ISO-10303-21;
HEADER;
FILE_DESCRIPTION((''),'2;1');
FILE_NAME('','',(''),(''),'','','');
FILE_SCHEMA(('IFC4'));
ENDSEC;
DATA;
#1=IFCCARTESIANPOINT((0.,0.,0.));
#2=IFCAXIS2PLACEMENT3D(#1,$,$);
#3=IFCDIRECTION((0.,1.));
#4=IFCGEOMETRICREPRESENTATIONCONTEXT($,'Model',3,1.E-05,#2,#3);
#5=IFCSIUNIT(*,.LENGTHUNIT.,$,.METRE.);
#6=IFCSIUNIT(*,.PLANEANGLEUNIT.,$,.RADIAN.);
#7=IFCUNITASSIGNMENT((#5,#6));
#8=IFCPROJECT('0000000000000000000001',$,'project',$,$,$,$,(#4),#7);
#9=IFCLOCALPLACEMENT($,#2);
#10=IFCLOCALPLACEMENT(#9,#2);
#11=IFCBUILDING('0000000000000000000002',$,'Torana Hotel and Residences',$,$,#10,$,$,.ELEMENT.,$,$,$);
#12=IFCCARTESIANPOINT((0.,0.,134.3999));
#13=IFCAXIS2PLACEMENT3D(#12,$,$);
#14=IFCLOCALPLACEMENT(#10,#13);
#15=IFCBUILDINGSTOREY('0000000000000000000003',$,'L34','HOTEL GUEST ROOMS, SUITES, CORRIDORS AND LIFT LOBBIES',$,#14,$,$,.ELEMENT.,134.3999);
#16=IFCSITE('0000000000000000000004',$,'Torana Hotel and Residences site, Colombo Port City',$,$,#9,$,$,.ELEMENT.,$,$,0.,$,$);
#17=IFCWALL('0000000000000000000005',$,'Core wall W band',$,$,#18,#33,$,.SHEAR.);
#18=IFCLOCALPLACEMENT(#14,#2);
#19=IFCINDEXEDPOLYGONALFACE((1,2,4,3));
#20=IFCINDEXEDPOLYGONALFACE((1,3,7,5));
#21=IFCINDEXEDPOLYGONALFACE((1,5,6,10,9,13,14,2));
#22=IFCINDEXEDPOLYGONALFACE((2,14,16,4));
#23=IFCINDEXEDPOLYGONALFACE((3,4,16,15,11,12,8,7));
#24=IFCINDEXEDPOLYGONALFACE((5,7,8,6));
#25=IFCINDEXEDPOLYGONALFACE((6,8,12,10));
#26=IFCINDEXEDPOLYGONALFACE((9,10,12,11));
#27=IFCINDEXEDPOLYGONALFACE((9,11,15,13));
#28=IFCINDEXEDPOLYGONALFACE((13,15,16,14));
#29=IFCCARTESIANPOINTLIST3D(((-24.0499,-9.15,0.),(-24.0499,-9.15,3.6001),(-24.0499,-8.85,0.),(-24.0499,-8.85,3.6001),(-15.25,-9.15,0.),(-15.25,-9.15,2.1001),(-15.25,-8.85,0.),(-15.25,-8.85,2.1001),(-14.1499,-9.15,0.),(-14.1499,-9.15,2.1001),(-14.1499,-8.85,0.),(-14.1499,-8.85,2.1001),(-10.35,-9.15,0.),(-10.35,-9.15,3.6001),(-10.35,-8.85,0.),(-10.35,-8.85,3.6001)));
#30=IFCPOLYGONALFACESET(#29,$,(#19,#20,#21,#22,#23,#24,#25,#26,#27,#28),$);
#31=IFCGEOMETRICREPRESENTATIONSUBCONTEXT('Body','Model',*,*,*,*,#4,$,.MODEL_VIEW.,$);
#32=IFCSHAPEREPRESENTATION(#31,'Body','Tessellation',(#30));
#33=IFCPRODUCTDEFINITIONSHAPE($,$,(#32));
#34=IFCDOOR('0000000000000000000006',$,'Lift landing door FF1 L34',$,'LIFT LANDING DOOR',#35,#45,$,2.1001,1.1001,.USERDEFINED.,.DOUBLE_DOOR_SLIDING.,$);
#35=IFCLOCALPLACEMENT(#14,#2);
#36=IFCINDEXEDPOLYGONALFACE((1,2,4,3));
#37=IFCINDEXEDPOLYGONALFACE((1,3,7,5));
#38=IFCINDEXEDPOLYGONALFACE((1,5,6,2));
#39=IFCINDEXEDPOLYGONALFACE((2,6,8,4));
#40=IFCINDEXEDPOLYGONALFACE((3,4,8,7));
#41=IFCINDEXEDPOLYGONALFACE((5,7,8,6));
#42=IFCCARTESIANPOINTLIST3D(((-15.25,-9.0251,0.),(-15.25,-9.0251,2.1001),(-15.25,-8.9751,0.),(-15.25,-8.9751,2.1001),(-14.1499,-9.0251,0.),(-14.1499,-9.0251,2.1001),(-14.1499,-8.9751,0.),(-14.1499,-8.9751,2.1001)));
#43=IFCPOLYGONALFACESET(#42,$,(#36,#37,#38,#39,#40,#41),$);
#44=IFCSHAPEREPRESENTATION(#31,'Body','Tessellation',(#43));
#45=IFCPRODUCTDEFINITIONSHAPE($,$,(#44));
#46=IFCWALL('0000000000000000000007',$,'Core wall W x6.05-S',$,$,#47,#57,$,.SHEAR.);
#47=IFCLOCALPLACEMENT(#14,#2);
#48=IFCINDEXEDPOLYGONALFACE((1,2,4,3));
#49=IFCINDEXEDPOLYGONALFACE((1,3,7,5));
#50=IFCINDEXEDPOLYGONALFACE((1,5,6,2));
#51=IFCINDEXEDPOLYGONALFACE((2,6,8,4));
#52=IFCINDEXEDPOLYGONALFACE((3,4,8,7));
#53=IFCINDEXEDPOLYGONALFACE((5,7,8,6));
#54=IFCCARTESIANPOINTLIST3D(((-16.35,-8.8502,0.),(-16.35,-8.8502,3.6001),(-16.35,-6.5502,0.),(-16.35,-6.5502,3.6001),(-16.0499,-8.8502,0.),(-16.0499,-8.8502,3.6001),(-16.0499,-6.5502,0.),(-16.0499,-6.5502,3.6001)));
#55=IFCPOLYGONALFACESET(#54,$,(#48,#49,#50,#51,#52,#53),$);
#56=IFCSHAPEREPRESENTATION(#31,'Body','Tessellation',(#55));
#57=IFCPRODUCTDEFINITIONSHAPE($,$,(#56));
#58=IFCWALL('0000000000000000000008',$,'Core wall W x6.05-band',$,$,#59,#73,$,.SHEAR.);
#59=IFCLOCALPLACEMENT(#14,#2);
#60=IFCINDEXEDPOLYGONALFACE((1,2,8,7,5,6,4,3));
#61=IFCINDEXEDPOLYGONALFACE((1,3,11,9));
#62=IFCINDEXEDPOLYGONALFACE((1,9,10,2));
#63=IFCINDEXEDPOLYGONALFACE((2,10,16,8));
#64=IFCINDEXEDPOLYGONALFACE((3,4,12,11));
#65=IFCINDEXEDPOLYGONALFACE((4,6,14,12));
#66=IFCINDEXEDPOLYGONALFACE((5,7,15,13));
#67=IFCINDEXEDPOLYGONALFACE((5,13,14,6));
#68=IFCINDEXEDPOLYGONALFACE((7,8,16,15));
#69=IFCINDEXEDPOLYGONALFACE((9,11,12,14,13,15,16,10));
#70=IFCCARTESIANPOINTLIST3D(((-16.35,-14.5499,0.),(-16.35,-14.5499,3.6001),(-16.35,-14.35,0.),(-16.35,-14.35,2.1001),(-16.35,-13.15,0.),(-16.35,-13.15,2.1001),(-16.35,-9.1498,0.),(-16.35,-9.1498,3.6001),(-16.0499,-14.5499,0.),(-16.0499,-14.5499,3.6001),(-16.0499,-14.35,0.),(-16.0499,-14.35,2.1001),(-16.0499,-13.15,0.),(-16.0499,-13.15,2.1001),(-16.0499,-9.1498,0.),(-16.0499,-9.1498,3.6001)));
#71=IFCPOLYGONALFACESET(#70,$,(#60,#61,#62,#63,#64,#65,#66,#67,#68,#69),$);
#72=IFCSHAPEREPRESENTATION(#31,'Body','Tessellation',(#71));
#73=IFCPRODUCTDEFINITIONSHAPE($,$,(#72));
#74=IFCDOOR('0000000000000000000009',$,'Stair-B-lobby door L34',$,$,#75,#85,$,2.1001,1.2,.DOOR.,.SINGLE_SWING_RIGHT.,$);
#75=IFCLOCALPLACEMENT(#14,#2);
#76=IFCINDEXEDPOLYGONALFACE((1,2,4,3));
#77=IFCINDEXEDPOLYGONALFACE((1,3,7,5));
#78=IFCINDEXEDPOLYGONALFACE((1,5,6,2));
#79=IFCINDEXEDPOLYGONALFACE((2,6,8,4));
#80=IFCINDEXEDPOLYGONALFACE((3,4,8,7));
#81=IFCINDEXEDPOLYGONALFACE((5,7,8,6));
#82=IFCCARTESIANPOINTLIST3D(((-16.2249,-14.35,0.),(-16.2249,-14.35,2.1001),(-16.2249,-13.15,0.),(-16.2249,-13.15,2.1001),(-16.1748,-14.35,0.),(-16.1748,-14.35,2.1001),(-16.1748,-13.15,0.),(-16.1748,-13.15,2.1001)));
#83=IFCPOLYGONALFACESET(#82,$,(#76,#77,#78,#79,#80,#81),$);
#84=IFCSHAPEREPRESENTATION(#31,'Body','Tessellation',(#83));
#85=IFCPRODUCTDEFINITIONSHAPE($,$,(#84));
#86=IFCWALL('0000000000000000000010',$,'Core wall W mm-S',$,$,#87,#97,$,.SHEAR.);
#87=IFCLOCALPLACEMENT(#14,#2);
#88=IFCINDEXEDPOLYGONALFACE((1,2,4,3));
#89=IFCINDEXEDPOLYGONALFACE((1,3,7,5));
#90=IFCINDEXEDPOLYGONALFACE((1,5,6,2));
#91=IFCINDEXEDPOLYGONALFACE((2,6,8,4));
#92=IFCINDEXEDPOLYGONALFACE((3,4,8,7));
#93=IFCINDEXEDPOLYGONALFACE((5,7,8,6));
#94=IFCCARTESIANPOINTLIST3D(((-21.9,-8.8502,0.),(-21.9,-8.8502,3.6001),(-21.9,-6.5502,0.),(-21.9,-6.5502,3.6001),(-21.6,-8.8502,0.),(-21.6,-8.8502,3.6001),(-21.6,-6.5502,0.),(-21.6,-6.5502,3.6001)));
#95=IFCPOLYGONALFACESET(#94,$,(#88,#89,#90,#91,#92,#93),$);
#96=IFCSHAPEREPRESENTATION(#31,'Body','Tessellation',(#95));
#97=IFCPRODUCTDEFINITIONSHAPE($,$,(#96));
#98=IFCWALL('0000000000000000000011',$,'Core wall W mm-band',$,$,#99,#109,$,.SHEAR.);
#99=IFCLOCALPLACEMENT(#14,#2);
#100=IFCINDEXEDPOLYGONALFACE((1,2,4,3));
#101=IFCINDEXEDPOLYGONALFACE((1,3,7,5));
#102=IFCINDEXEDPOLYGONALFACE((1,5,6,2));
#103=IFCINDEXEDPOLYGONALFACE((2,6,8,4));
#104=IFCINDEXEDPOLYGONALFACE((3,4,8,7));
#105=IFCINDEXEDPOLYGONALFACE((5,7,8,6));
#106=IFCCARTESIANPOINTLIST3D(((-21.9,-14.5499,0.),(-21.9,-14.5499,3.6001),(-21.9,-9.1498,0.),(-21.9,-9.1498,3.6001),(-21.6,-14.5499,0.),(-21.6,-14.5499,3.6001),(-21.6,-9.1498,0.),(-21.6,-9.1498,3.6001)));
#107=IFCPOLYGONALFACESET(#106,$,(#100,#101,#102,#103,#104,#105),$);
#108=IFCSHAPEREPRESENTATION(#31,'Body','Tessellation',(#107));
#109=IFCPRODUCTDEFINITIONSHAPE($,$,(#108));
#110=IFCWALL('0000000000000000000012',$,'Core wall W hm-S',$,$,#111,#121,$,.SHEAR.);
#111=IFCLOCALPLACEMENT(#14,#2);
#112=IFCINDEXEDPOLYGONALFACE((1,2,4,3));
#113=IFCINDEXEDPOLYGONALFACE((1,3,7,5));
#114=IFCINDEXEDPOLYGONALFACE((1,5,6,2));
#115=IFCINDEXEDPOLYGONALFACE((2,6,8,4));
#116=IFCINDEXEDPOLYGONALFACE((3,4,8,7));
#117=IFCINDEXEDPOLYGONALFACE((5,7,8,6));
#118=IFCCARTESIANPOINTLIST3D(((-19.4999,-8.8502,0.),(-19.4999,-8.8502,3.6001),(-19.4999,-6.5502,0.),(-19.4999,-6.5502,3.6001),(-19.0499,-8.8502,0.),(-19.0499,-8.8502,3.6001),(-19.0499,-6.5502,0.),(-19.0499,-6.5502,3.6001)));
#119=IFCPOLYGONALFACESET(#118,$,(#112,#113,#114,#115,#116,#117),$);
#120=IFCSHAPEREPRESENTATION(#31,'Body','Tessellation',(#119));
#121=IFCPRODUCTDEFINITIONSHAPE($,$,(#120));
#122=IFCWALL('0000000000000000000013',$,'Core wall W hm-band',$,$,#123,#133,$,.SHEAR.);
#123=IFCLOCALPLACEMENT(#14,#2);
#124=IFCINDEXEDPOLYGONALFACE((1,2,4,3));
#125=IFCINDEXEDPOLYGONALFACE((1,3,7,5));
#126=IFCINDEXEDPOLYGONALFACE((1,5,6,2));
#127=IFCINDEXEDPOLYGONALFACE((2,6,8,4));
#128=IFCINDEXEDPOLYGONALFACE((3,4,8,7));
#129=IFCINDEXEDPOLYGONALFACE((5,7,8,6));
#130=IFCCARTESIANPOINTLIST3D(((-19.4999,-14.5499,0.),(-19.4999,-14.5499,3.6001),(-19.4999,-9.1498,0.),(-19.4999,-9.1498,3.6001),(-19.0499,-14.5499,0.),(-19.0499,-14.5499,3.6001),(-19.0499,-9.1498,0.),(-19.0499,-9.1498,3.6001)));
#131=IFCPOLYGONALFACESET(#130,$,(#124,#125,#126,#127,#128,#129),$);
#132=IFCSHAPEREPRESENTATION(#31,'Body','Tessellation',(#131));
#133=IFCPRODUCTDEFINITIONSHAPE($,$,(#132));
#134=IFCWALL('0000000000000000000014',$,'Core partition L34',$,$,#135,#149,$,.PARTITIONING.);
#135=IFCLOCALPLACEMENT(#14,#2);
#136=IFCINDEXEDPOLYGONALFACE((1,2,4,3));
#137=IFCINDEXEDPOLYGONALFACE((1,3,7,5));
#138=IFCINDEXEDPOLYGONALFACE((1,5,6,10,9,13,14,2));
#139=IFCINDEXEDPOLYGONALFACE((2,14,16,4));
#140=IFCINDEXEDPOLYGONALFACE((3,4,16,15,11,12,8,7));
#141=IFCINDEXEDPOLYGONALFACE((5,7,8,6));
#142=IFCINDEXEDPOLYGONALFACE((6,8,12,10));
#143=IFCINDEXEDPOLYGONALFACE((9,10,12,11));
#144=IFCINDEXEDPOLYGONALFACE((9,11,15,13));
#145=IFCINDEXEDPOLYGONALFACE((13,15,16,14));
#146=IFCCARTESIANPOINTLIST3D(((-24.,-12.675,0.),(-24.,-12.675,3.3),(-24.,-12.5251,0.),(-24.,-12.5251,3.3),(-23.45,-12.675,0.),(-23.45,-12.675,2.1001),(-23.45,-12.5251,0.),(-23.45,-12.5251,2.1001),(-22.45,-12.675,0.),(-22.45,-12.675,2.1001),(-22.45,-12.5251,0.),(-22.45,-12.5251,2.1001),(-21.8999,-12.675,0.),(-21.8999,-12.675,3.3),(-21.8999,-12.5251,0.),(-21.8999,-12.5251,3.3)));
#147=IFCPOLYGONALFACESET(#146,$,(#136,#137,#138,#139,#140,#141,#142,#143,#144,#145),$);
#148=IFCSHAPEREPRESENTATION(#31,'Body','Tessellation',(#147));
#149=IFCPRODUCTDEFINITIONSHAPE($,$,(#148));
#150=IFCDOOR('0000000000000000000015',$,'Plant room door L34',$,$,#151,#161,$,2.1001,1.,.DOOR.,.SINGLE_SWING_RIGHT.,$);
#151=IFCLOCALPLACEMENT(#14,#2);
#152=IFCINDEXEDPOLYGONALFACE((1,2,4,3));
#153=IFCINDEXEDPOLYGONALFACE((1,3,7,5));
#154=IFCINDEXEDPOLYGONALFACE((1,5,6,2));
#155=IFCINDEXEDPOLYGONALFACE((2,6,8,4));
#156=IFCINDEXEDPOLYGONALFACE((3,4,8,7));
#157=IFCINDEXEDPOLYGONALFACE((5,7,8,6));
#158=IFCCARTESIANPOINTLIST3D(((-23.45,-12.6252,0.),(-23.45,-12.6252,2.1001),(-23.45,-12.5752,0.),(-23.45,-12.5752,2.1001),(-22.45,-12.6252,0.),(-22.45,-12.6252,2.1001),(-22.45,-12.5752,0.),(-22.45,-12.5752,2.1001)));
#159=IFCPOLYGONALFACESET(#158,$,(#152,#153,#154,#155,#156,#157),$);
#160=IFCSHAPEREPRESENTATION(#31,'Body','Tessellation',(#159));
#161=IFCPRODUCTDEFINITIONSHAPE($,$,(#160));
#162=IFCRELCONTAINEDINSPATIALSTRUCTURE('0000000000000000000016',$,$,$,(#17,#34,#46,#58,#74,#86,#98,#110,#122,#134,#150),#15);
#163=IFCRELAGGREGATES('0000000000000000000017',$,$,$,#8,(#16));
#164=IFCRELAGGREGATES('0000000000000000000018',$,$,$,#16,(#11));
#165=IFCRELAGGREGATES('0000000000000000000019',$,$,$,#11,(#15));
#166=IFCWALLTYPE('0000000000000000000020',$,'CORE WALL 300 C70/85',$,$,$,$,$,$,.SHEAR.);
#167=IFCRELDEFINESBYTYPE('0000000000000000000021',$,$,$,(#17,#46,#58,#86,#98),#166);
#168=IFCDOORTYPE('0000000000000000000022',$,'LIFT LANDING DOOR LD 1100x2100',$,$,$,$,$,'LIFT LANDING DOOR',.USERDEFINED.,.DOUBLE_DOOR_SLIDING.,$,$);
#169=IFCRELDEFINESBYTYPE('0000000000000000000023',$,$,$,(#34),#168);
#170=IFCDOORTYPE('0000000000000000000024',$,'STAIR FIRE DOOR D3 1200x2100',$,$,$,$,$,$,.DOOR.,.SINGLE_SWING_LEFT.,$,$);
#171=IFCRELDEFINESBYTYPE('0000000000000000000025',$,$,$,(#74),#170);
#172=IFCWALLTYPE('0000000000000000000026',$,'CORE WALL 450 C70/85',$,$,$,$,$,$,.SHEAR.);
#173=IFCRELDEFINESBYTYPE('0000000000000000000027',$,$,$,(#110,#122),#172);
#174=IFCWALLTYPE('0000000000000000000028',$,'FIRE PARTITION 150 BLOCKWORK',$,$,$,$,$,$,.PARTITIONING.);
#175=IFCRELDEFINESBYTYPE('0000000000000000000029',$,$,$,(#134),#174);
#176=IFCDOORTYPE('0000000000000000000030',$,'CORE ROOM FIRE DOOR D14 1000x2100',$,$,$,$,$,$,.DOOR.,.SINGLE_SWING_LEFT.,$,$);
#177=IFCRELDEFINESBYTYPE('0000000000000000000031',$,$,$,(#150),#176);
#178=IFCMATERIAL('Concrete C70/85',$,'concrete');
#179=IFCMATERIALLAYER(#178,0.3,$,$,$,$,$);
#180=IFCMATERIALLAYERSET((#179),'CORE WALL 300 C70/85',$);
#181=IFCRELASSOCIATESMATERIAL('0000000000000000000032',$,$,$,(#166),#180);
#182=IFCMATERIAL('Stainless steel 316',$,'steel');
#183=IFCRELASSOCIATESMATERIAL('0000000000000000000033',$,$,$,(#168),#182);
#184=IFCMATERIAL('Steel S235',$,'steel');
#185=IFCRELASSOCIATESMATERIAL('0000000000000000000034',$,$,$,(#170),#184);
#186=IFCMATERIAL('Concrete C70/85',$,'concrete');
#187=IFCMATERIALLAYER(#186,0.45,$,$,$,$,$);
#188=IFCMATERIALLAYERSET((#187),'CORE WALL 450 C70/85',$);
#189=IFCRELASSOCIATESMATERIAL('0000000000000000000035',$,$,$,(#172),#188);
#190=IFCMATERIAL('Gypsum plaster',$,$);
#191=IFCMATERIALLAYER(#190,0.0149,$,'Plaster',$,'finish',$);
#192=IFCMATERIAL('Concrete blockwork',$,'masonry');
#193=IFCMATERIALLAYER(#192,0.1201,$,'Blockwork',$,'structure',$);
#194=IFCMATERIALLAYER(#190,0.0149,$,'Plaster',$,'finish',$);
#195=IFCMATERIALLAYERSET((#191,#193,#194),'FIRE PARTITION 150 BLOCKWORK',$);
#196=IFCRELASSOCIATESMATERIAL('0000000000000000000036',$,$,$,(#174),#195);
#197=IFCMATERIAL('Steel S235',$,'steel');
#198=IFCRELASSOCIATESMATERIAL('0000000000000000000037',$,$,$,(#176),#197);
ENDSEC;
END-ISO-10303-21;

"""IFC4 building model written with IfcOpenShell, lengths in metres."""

from ifc_helpers import new_model, si_unit, direction, frame, frame_2d, origin, place, context, subcontext, project, spatial, rectangle, extrude, material, layer, layer_set, type_object, element, fill, save


model = new_model("IFC4")

# Units and contexts
model_context = context("Model", 3, precision=1e-05, world=origin(), true_north=direction((0.0, 1.0)))
body_context = subcontext(model_context, "Body", "Model", "MODEL_VIEW")
ifc_project = project(units=[si_unit("LENGTHUNIT", "METRE"), si_unit("PLANEANGLEUNIT", "RADIAN")], contexts=[model_context])

# Site, building, storey
site_placement = place(None, origin())
site = spatial("IfcSite", under=ifc_project, at=site_placement, Name="Torana Hotel and Residences site, Colombo Port City", CompositionType="ELEMENT", RefElevation=0.0)
building_placement = place(site_placement, origin())
building = spatial("IfcBuilding", under=site, at=building_placement, Name="Torana Hotel and Residences", CompositionType="ELEMENT")
storey_placement = place(building_placement, frame((0.0, 0.0, 134.3999)))
storey = spatial("IfcBuildingStorey", under=building, at=storey_placement, Name="L34", Description="HOTEL GUEST ROOMS, SUITES, CORRIDORS AND LIFT LOBBIES", CompositionType="ELEMENT", Elevation=134.3999)

# Wall, opening, door
ifc_material_1 = material(Name="Concrete C70/85", Category="concrete")
ifc_layer_1 = layer(ifc_material_1, 0.3)
ifc_layer_set_1 = layer_set([ifc_layer_1], Name="CORE WALL 300 C70/85")
wall_type_1 = type_object("IfcWallType", Name="CORE WALL 300 C70/85", PredefinedType="SHEAR", material=ifc_layer_set_1)
wall_1_placement = place(storey_placement, frame((-24.05, -9.0, 0.0), z_axis=(0.0, 0.0, 1.0), x_axis=(1.0, 0.0, 0.0)))
wall_1 = element("IfcWall", 1, at=wall_1_placement, inside=storey, type_object=wall_type_1, Name="Core wall W band", PredefinedType="SHEAR", context=body_context, shape_type="SweptSolid", body=[
    extrude(rectangle(XDim=13.7, YDim=0.3, at=frame_2d((6.8501, 0.0))), origin(), (0.0, 0.0, 1.0), 3.6001),
])
opening_1_placement = place(wall_1_placement, frame((8.8, 0.0, 0.0)))
opening_1 = element("IfcOpeningElement", 2, at=opening_1_placement, cuts=wall_1, PredefinedType="OPENING", context=body_context, shape_type="SweptSolid", body=[
    extrude(rectangle(XDim=1.1001, YDim=2.1001, at=frame_2d((0.55, 1.05))), frame((0.0, 0.1599, 0.0), z_axis=(0.0, -1.0, 0.0), x_axis=(1.0, 0.0, 0.0)), (0.0, 0.0, 1.0), 0.3201),
])
ifc_material_2 = material(Name="Stainless steel 316", Category="steel")
door_type_1 = type_object("IfcDoorType", Name="LIFT LANDING DOOR LD 1100x2100", ElementType="LIFT LANDING DOOR", OperationType="DOUBLE_DOOR_SLIDING", PredefinedType="USERDEFINED", material=ifc_material_2)
door_1_placement = place(opening_1_placement, origin())
door_1 = element("IfcDoor", 3, at=door_1_placement, inside=storey, type_object=door_type_1, Name="Lift landing door FF1 L34", ObjectType="LIFT LANDING DOOR", OperationType="DOUBLE_DOOR_SLIDING", OverallHeight=2.1001, OverallWidth=1.1001, PredefinedType="USERDEFINED", context=body_context, shape_type="SweptSolid", body=[
    extrude(rectangle(XDim=1.1001, YDim=2.1001, at=frame_2d((0.55, 1.05))), frame((0.0, 0.0249, 0.0), z_axis=(0.0, -1.0, 0.0), x_axis=(1.0, 0.0, 0.0)), (0.0, 0.0, 1.0), 0.05),
])
fill(opening_1, door_1)

# Wall
wall_2_placement = place(storey_placement, frame((-16.2, -8.8501, 0.0), z_axis=(0.0, 0.0, 1.0), x_axis=(0.0, 1.0, 0.0)))
element("IfcWall", 4, at=wall_2_placement, inside=storey, type_object=wall_type_1, Name="Core wall W x6.05-S", PredefinedType="SHEAR", context=body_context, shape_type="SweptSolid", body=[
    extrude(rectangle(XDim=2.3, YDim=0.3, at=frame_2d((1.1499, 0.0))), origin(), (0.0, 0.0, 1.0), 3.6001),
])

# Wall, opening, door
wall_3_placement = place(storey_placement, frame((-16.2, -14.55, 0.0), z_axis=(0.0, 0.0, 1.0), x_axis=(0.0, 1.0, 0.0)))
wall_3 = element("IfcWall", 5, at=wall_3_placement, inside=storey, type_object=wall_type_1, Name="Core wall W x6.05-band", PredefinedType="SHEAR", context=body_context, shape_type="SweptSolid", body=[
    extrude(rectangle(XDim=5.4001, YDim=0.3, at=frame_2d((2.7002, 0.0))), origin(), (0.0, 0.0, 1.0), 3.6001),
])
opening_2_placement = place(wall_3_placement, frame((0.2, 0.0, 0.0)))
opening_2 = element("IfcOpeningElement", 6, at=opening_2_placement, cuts=wall_3, PredefinedType="OPENING", context=body_context, shape_type="SweptSolid", body=[
    extrude(rectangle(XDim=1.2, YDim=2.1001, at=frame_2d((0.6001, 1.05))), frame((0.0, 0.1599, 0.0), z_axis=(0.0, -1.0, 0.0), x_axis=(1.0, 0.0, 0.0)), (0.0, 0.0, 1.0), 0.3201),
])
ifc_material_3 = material(Name="Steel S235", Category="steel")
door_type_2 = type_object("IfcDoorType", Name="STAIR FIRE DOOR D3 1200x2100", OperationType="SINGLE_SWING_LEFT", PredefinedType="DOOR", material=ifc_material_3)
door_2_placement = place(opening_2_placement, origin())
door_2 = element("IfcDoor", 7, at=door_2_placement, inside=storey, type_object=door_type_2, Name="Stair-B-lobby door L34", OperationType="SINGLE_SWING_RIGHT", OverallHeight=2.1001, OverallWidth=1.2, PredefinedType="DOOR", context=body_context, shape_type="SweptSolid", body=[
    extrude(rectangle(XDim=1.2, YDim=2.1001, at=frame_2d((0.6001, 1.05))), frame((0.0, 0.0249, 0.0), z_axis=(0.0, -1.0, 0.0), x_axis=(1.0, 0.0, 0.0)), (0.0, 0.0, 1.0), 0.05),
])
fill(opening_2, door_2)

# Walls
wall_4_placement = place(storey_placement, frame((-21.75, -8.8501, 0.0), z_axis=(0.0, 0.0, 1.0), x_axis=(0.0, 1.0, 0.0)))
element("IfcWall", 8, at=wall_4_placement, inside=storey, type_object=wall_type_1, Name="Core wall W mm-S", PredefinedType="SHEAR", context=body_context, shape_type="SweptSolid", body=[
    extrude(rectangle(XDim=2.3, YDim=0.3, at=frame_2d((1.1499, 0.0))), origin(), (0.0, 0.0, 1.0), 3.6001),
])
wall_5_placement = place(storey_placement, frame((-21.75, -14.55, 0.0), z_axis=(0.0, 0.0, 1.0), x_axis=(0.0, 1.0, 0.0)))
element("IfcWall", 9, at=wall_5_placement, inside=storey, type_object=wall_type_1, Name="Core wall W mm-band", PredefinedType="SHEAR", context=body_context, shape_type="SweptSolid", body=[
    extrude(rectangle(XDim=5.4001, YDim=0.3, at=frame_2d((2.7002, 0.0))), origin(), (0.0, 0.0, 1.0), 3.6001),
])
ifc_material_4 = material(Name="Concrete C70/85", Category="concrete")
ifc_layer_2 = layer(ifc_material_4, 0.45)
ifc_layer_set_2 = layer_set([ifc_layer_2], Name="CORE WALL 450 C70/85")
wall_type_2 = type_object("IfcWallType", Name="CORE WALL 450 C70/85", PredefinedType="SHEAR", material=ifc_layer_set_2)
wall_6_placement = place(storey_placement, frame((-19.2749, -8.8501, 0.0), z_axis=(0.0, 0.0, 1.0), x_axis=(0.0, 1.0, 0.0)))
element("IfcWall", 10, at=wall_6_placement, inside=storey, type_object=wall_type_2, Name="Core wall W hm-S", PredefinedType="SHEAR", context=body_context, shape_type="SweptSolid", body=[
    extrude(rectangle(XDim=2.3, YDim=0.45, at=frame_2d((1.1499, 0.0))), origin(), (0.0, 0.0, 1.0), 3.6001),
])
wall_7_placement = place(storey_placement, frame((-19.2749, -14.55, 0.0), z_axis=(0.0, 0.0, 1.0), x_axis=(0.0, 1.0, 0.0)))
element("IfcWall", 11, at=wall_7_placement, inside=storey, type_object=wall_type_2, Name="Core wall W hm-band", PredefinedType="SHEAR", context=body_context, shape_type="SweptSolid", body=[
    extrude(rectangle(XDim=5.4001, YDim=0.45, at=frame_2d((2.7002, 0.0))), origin(), (0.0, 0.0, 1.0), 3.6001),
])

# Wall, opening, door
ifc_material_5 = material(Name="Gypsum plaster")
ifc_layer_3 = layer(ifc_material_5, 0.0149, Name="Plaster", Category="finish")
ifc_material_6 = material(Name="Concrete blockwork", Category="masonry")
ifc_layer_4 = layer(ifc_material_6, 0.1201, Name="Blockwork", Category="structure")
ifc_layer_5 = layer(ifc_material_5, 0.0149, Name="Plaster", Category="finish")
ifc_layer_set_3 = layer_set([ifc_layer_3, ifc_layer_4, ifc_layer_5], Name="FIRE PARTITION 150 BLOCKWORK")
wall_type_3 = type_object("IfcWallType", Name="FIRE PARTITION 150 BLOCKWORK", PredefinedType="PARTITIONING", material=ifc_layer_set_3)
wall_8_placement = place(storey_placement, frame((-24.0, -12.6001, 0.0), z_axis=(0.0, 0.0, 1.0), x_axis=(1.0, 0.0, 0.0)))
wall_8 = element("IfcWall", 12, at=wall_8_placement, inside=storey, type_object=wall_type_3, Name="Core partition L34", PredefinedType="PARTITIONING", context=body_context, shape_type="SweptSolid", body=[
    extrude(rectangle(XDim=2.1001, YDim=0.1499, at=frame_2d((1.05, 0.0))), origin(), (0.0, 0.0, 1.0), 3.3),
])
opening_3_placement = place(wall_8_placement, frame((0.55, 0.0, 0.0)))
opening_3 = element("IfcOpeningElement", 13, at=opening_3_placement, cuts=wall_8, PredefinedType="OPENING", context=body_context, shape_type="SweptSolid", body=[
    extrude(rectangle(XDim=1.0, YDim=2.1001, at=frame_2d((0.5, 1.05))), frame((0.0, 0.085, 0.0), z_axis=(0.0, -1.0, 0.0), x_axis=(1.0, 0.0, 0.0)), (0.0, 0.0, 1.0), 0.1699),
])
ifc_material_7 = material(Name="Steel S235", Category="steel")
door_type_3 = type_object("IfcDoorType", Name="CORE ROOM FIRE DOOR D14 1000x2100", OperationType="SINGLE_SWING_LEFT", PredefinedType="DOOR", material=ifc_material_7)
door_3_placement = place(opening_3_placement, origin())
door_3 = element("IfcDoor", 14, at=door_3_placement, inside=storey, type_object=door_type_3, Name="Plant room door L34", OperationType="SINGLE_SWING_RIGHT", OverallHeight=2.1001, OverallWidth=1.0, PredefinedType="DOOR", context=body_context, shape_type="SweptSolid", body=[
    extrude(rectangle(XDim=1.0, YDim=2.1001, at=frame_2d((0.5, 1.05))), frame((0.0, 0.0249, 0.0), z_axis=(0.0, -1.0, 0.0), x_axis=(1.0, 0.0, 0.0)), (0.0, 0.0, 1.0), 0.05),
])
fill(opening_3, door_3)

save(model, "model.ifc")
